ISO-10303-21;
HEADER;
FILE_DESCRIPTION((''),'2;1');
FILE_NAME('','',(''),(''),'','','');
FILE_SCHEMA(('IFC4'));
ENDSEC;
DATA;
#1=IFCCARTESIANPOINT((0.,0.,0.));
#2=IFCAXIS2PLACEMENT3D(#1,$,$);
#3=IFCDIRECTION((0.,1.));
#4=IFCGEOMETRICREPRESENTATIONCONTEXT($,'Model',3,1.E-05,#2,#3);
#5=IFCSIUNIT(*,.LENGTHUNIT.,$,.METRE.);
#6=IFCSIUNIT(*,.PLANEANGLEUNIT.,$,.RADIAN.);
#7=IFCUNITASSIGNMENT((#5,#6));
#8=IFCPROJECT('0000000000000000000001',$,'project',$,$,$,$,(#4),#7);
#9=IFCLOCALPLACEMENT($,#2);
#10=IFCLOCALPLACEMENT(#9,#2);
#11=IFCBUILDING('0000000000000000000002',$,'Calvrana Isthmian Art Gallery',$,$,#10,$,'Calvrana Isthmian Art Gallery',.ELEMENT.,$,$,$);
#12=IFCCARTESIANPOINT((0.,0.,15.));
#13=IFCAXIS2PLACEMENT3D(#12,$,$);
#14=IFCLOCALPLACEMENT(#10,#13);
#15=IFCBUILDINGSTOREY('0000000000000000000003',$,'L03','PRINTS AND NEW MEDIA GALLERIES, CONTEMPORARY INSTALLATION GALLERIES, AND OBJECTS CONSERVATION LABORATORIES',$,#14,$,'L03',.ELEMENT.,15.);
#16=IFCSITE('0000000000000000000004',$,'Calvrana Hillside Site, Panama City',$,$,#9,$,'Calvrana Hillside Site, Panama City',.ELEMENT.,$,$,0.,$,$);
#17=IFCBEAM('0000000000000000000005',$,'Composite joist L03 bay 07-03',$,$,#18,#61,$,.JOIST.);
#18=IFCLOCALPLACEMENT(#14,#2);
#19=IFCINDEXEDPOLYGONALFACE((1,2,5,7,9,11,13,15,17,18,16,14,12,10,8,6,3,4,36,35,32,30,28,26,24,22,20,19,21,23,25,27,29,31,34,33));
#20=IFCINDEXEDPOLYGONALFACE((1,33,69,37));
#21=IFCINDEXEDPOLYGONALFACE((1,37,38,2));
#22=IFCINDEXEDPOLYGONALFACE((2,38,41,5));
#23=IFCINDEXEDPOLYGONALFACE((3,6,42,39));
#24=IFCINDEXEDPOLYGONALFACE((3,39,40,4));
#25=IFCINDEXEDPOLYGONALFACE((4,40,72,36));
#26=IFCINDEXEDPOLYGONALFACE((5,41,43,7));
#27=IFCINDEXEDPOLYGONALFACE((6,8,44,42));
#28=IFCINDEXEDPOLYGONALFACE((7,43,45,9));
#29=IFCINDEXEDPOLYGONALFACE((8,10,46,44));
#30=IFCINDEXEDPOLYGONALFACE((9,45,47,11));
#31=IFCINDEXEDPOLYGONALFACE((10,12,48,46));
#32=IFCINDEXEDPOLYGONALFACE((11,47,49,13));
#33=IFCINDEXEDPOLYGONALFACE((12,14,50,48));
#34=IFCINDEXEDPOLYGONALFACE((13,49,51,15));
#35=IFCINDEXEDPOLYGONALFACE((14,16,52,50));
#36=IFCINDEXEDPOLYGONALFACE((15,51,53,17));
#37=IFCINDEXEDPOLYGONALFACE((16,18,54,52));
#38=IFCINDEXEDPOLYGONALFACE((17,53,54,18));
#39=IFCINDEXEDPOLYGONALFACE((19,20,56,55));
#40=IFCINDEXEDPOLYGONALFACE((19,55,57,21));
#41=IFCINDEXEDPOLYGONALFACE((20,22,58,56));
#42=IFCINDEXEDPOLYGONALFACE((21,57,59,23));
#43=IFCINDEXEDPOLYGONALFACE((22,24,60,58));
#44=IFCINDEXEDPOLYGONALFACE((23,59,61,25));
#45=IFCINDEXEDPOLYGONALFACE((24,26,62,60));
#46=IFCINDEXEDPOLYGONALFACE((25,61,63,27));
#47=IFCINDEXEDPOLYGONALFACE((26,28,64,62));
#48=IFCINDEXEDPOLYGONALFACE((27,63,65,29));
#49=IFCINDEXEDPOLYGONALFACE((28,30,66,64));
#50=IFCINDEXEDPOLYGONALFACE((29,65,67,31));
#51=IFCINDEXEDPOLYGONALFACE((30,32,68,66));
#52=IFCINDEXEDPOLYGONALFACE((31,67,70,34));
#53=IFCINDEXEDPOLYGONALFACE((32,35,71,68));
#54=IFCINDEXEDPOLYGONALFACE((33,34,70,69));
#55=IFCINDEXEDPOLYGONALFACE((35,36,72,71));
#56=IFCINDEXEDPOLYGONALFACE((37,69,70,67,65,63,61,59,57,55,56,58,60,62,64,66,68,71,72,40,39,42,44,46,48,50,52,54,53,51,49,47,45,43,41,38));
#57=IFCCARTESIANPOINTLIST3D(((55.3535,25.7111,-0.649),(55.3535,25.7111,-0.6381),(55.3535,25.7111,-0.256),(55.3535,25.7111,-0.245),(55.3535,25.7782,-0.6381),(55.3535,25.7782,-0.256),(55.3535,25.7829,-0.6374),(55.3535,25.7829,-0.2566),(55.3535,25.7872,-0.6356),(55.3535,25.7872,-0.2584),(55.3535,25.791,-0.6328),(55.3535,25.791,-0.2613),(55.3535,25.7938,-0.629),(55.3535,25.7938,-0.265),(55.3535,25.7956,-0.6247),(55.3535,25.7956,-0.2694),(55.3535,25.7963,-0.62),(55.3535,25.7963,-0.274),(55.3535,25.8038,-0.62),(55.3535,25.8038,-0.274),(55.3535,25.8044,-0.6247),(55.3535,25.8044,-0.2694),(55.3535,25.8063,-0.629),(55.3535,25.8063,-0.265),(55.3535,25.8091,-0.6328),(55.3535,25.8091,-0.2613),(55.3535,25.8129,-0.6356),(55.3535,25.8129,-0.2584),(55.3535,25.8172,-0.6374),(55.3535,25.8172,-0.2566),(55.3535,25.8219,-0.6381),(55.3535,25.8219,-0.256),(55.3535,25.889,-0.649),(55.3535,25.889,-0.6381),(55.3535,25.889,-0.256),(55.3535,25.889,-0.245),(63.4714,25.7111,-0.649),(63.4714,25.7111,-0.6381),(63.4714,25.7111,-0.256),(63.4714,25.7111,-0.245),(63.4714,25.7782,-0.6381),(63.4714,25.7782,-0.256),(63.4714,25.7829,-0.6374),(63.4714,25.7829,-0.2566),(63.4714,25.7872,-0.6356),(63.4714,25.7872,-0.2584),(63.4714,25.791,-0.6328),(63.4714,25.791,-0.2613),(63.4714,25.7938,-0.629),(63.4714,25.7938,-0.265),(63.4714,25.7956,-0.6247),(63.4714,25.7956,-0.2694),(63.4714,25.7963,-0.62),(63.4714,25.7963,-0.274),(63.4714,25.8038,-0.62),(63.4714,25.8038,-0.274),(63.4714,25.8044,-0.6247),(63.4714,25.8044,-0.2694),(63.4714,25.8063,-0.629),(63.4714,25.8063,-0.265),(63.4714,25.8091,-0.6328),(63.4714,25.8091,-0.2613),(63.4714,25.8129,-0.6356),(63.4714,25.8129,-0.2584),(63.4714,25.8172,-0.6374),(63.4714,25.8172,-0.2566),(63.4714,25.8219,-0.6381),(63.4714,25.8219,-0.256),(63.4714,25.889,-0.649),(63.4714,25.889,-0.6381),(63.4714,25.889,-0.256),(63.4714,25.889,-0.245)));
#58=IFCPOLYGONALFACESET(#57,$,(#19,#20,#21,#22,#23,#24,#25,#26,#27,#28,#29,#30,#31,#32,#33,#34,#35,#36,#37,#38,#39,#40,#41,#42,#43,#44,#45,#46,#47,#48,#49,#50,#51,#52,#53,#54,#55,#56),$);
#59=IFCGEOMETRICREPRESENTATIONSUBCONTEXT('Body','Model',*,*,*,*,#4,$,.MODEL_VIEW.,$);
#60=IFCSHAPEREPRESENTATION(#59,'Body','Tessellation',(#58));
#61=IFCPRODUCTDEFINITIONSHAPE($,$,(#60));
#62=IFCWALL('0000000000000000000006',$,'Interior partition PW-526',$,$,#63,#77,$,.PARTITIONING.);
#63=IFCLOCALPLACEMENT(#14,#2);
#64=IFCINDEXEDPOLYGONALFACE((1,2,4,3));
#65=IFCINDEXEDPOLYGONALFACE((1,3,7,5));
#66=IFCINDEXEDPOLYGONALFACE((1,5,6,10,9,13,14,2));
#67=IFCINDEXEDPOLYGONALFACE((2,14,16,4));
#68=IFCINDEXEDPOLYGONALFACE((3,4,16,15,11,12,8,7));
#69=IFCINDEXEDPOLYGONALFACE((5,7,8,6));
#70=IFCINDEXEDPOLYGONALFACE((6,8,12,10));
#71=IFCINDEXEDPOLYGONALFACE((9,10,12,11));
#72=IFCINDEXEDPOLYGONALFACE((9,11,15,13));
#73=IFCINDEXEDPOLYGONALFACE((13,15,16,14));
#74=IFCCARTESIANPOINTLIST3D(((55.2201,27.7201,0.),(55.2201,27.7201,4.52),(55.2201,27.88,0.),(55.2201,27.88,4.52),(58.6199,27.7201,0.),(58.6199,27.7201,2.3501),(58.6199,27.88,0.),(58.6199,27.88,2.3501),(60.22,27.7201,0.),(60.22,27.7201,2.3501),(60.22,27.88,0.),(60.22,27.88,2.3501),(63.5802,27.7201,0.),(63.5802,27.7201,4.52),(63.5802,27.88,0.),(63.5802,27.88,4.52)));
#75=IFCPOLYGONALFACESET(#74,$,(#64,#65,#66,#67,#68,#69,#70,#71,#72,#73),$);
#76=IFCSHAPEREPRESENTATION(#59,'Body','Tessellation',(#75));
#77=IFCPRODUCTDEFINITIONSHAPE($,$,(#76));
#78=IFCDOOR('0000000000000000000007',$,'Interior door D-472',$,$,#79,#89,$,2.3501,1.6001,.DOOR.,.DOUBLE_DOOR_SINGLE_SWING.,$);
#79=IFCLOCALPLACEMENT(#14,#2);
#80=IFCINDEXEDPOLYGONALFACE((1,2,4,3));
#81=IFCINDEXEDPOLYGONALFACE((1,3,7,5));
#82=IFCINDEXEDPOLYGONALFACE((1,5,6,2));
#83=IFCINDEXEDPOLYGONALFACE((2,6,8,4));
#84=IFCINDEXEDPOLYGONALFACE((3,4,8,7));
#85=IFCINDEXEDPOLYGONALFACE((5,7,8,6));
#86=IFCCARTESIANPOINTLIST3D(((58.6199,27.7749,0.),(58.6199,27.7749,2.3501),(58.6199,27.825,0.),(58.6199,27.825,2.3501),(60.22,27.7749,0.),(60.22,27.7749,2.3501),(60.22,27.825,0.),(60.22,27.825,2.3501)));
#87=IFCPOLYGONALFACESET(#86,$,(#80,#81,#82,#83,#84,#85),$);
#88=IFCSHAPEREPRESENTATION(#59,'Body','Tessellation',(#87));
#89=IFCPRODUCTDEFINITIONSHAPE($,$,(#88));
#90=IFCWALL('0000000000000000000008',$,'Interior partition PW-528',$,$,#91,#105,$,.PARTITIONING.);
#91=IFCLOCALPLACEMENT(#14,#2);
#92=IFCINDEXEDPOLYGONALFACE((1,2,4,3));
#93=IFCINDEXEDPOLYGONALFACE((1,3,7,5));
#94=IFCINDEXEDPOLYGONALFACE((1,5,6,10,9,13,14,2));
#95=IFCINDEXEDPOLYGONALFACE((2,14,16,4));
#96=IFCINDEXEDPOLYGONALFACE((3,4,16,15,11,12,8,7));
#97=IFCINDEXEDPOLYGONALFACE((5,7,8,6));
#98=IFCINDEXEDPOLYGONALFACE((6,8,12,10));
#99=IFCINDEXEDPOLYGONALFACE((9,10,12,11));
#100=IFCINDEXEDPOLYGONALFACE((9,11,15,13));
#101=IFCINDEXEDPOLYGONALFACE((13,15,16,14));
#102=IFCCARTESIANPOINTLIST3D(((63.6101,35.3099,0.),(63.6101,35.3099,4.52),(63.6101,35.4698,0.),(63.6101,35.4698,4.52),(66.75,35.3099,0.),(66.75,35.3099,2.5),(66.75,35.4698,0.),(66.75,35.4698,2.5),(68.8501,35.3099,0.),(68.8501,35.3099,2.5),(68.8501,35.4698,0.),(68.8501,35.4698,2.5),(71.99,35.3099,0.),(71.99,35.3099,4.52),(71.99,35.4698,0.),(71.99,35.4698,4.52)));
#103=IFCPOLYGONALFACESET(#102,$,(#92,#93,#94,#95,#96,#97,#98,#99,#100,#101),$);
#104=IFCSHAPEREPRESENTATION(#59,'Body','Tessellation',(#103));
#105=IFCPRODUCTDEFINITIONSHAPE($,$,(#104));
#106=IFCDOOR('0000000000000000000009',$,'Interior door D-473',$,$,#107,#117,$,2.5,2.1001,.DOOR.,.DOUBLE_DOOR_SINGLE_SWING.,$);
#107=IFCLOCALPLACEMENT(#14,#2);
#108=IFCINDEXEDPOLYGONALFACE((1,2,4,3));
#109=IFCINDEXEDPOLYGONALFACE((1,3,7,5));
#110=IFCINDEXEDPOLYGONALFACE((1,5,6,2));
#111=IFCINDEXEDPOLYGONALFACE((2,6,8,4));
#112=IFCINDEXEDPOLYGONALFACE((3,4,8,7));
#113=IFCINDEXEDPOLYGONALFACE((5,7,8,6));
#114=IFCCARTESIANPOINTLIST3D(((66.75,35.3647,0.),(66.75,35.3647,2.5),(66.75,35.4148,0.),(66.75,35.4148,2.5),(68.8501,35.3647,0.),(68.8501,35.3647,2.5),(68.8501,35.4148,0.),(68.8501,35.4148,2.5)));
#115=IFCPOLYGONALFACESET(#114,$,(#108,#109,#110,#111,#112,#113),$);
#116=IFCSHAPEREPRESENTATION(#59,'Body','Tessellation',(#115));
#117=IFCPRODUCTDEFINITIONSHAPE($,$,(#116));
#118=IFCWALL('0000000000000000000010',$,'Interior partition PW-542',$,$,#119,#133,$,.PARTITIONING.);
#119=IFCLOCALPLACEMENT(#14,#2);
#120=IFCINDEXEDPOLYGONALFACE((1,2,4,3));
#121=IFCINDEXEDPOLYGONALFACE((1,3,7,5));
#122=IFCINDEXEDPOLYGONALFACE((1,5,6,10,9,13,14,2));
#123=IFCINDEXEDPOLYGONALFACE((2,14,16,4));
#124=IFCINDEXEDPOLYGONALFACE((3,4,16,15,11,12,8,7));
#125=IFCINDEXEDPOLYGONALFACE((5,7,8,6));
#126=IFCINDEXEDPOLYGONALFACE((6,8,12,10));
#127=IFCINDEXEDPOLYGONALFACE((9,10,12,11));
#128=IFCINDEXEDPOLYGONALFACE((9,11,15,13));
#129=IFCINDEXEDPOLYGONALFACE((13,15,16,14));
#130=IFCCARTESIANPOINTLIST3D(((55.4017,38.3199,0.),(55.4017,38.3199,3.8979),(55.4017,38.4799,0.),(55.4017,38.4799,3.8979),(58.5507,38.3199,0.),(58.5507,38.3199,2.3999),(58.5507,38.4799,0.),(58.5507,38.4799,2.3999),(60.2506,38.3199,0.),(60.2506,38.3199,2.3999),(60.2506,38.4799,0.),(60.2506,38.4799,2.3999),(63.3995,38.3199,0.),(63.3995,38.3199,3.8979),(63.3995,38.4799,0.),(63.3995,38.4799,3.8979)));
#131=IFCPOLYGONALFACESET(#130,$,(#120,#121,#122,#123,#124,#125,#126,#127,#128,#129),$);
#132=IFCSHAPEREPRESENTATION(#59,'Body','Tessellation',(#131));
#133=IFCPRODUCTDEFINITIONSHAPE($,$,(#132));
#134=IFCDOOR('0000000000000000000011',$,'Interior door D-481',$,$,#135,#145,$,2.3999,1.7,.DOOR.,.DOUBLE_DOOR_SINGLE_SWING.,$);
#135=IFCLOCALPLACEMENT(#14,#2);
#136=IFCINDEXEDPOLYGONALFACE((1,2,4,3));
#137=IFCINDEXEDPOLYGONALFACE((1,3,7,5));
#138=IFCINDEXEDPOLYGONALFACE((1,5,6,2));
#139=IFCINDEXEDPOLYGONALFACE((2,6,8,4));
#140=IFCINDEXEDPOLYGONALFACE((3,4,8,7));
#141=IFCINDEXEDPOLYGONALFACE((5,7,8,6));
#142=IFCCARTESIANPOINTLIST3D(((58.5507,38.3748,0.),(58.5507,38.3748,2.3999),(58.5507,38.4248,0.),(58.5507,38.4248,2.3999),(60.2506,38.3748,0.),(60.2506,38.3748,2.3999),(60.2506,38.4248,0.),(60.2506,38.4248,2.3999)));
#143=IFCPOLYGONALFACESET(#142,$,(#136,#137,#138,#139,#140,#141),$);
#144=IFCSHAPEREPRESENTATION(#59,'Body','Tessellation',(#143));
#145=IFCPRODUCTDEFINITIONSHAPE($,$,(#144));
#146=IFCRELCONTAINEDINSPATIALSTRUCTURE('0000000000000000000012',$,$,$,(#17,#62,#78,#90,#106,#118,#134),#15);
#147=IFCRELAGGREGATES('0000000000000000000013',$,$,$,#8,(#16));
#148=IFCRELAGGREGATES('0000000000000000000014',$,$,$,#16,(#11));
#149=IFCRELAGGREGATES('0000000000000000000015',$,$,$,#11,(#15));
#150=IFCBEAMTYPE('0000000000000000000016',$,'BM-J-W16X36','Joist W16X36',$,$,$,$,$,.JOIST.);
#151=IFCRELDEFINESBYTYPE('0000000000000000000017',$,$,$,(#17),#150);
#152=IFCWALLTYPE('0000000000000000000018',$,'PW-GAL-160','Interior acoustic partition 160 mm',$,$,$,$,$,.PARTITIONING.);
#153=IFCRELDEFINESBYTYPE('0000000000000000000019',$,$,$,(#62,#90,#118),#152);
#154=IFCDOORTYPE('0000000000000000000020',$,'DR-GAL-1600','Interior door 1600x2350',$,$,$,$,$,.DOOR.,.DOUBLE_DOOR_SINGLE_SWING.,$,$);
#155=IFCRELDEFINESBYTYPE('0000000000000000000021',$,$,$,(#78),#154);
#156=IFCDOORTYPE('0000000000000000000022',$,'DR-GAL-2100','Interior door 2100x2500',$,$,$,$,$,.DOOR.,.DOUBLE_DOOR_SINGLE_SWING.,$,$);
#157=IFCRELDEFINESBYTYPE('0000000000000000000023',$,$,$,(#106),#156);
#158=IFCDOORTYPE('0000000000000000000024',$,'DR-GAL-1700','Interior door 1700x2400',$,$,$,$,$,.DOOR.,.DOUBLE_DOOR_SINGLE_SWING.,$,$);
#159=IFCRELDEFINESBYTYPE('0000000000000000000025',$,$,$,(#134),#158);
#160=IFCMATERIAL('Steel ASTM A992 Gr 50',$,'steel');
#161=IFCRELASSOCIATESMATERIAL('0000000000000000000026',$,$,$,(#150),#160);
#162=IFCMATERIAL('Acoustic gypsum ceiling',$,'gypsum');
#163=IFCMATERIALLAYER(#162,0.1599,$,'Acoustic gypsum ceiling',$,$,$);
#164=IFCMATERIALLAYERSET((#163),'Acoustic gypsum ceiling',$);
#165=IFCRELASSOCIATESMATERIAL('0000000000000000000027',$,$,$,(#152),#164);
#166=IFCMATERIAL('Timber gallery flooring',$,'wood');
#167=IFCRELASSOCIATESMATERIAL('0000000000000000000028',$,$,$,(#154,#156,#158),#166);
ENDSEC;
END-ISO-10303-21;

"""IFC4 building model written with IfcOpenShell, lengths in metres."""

from ifc_helpers import new_model, si_unit, direction, frame, frame_2d, origin, origin_2d, place, context, subcontext, project, spatial, rectangle, i_section, extrude, material, layer, layer_set, material_profile, profile_set, type_object, element, fill, save


model = new_model("IFC4")

# Units and contexts
model_context = context("Model", 3, precision=1e-05, world=origin(), true_north=direction((0.0, 1.0)))
body_context = subcontext(model_context, "Body", "Model", "MODEL_VIEW")
ifc_project = project(units=[si_unit("LENGTHUNIT", "METRE"), si_unit("PLANEANGLEUNIT", "RADIAN")], contexts=[model_context])

# Site, building, storey
site_placement = place(None, origin())
site = spatial("IfcSite", under=ifc_project, at=site_placement, Name="Calvrana Hillside Site, Panama City", LongName="Calvrana Hillside Site, Panama City", CompositionType="ELEMENT", RefElevation=0.0)
building_placement = place(site_placement, origin())
building = spatial("IfcBuilding", under=site, at=building_placement, Name="Calvrana Isthmian Art Gallery", LongName="Calvrana Isthmian Art Gallery", CompositionType="ELEMENT")
storey_placement = place(building_placement, frame((0.0, 0.0, 15.0)))
storey = spatial("IfcBuildingStorey", under=building, at=storey_placement, Name="L03", Description="PRINTS AND NEW MEDIA GALLERIES, CONTEMPORARY INSTALLATION GALLERIES, AND OBJECTS CONSERVATION LABORATORIES", LongName="L03", CompositionType="ELEMENT", Elevation=15.0)

# Shared definitions
ifc_material_1 = material(Name="Steel ASTM A992 Gr 50", Category="steel")

# Beam
ifc_material_profile_1 = material_profile(ifc_material_1, i_section(OverallWidth=0.178, OverallDepth=0.4041, WebThickness=0.0076, FlangeThickness=0.011, FilletRadius=0.0181, at=origin_2d()), Name="W16X36")
ifc_profile_set_1 = profile_set([ifc_material_profile_1], Name="Steel ASTM A992 Gr 50")
beam_type_1 = type_object("IfcBeamType", Name="BM-J-W16X36", Description="Joist W16X36", PredefinedType="JOIST", material=ifc_profile_set_1)
beam_1_placement = place(storey_placement, frame((55.3535, 25.8, -0.447), z_axis=(1.0, 0.0, 0.0), x_axis=(0.0, 1.0, 0.0)))
element("IfcBeam", 1, at=beam_1_placement, inside=storey, type_object=beam_type_1, Name="Composite joist L03 bay 07-03", PredefinedType="JOIST", context=body_context, shape_type="SweptSolid", body=[
    extrude(i_section(OverallWidth=0.178, OverallDepth=0.4041, WebThickness=0.0076, FlangeThickness=0.011, FilletRadius=0.0181, at=origin_2d()), origin(), (0.0, 0.0, 1.0), 8.1179),
])

# Walls, openings, doors
ifc_material_2 = material(Name="Acoustic gypsum ceiling", Category="gypsum")
ifc_layer = layer(ifc_material_2, 0.1599, Name="Acoustic gypsum ceiling")
ifc_layer_set = layer_set([ifc_layer], Name="Acoustic gypsum ceiling")
wall_type = type_object("IfcWallType", Name="PW-GAL-160", Description="Interior acoustic partition 160 mm", PredefinedType="PARTITIONING", material=ifc_layer_set)
wall_1_placement = place(storey_placement, frame((55.22, 27.8, 0.0), z_axis=(0.0, 0.0, 1.0), x_axis=(1.0, 0.0, 0.0)))
wall_1 = element("IfcWall", 2, at=wall_1_placement, inside=storey, type_object=wall_type, Name="Interior partition PW-526", PredefinedType="PARTITIONING", context=body_context, shape_type="SweptSolid", body=[
    extrude(rectangle(XDim=8.3601, YDim=0.1599, at=frame_2d((4.1802, 0.0))), origin(), (0.0, 0.0, 1.0), 4.52),
])
opening_1_placement = place(wall_1_placement, frame((3.3999, 0.0, 0.0)))
opening_1 = element("IfcOpeningElement", 3, at=opening_1_placement, cuts=wall_1, PredefinedType="OPENING", context=body_context, shape_type="SweptSolid", body=[
    extrude(rectangle(XDim=1.6001, YDim=2.3501, at=frame_2d((0.8, 1.175))), frame((0.0, 0.0903, 0.0), z_axis=(0.0, -1.0, 0.0), x_axis=(1.0, 0.0, 0.0)), (0.0, 0.0, 1.0), 0.1804),
])
ifc_material_3 = material(Name="Timber gallery flooring", Category="wood")
door_type_1 = type_object("IfcDoorType", Name="DR-GAL-1600", Description="Interior door 1600x2350", OperationType="DOUBLE_DOOR_SINGLE_SWING", PredefinedType="DOOR", material=ifc_material_3)
door_1_placement = place(opening_1_placement, origin())
door_1 = element("IfcDoor", 4, at=door_1_placement, inside=storey, type_object=door_type_1, Name="Interior door D-472", OperationType="DOUBLE_DOOR_SINGLE_SWING", OverallHeight=2.3501, OverallWidth=1.6001, PredefinedType="DOOR", context=body_context, shape_type="SweptSolid", body=[
    extrude(rectangle(XDim=1.6001, YDim=2.3501, at=frame_2d((0.8, 1.175))), frame((0.0, 0.0249, 0.0), z_axis=(0.0, -1.0, 0.0), x_axis=(1.0, 0.0, 0.0)), (0.0, 0.0, 1.0), 0.05),
])
fill(opening_1, door_1)
wall_2_placement = place(storey_placement, frame((63.6101, 35.3899, 0.0), z_axis=(0.0, 0.0, 1.0), x_axis=(1.0, 0.0, 0.0)))
wall_2 = element("IfcWall", 5, at=wall_2_placement, inside=storey, type_object=wall_type, Name="Interior partition PW-528", PredefinedType="PARTITIONING", context=body_context, shape_type="SweptSolid", body=[
    extrude(rectangle(XDim=8.3799, YDim=0.1599, at=frame_2d((4.1899, 0.0))), origin(), (0.0, 0.0, 1.0), 4.52),
])
opening_2_placement = place(wall_2_placement, frame((3.1399, 0.0, 0.0)))
opening_2 = element("IfcOpeningElement", 6, at=opening_2_placement, cuts=wall_2, PredefinedType="OPENING", context=body_context, shape_type="SweptSolid", body=[
    extrude(rectangle(XDim=2.1001, YDim=2.5, at=frame_2d((1.05, 1.25))), frame((0.0, 0.0903, 0.0), z_axis=(0.0, -1.0, 0.0), x_axis=(1.0, 0.0, 0.0)), (0.0, 0.0, 1.0), 0.1804),
])
door_type_2 = type_object("IfcDoorType", Name="DR-GAL-2100", Description="Interior door 2100x2500", OperationType="DOUBLE_DOOR_SINGLE_SWING", PredefinedType="DOOR", material=ifc_material_3)
door_2_placement = place(opening_2_placement, origin())
door_2 = element("IfcDoor", 7, at=door_2_placement, inside=storey, type_object=door_type_2, Name="Interior door D-473", OperationType="DOUBLE_DOOR_SINGLE_SWING", OverallHeight=2.5, OverallWidth=2.1001, PredefinedType="DOOR", context=body_context, shape_type="SweptSolid", body=[
    extrude(rectangle(XDim=2.1001, YDim=2.5, at=frame_2d((1.05, 1.25))), frame((0.0, 0.0249, 0.0), z_axis=(0.0, -1.0, 0.0), x_axis=(1.0, 0.0, 0.0)), (0.0, 0.0, 1.0), 0.05),
])
fill(opening_2, door_2)
wall_3_placement = place(storey_placement, frame((55.4016, 38.3999, 0.0), z_axis=(0.0, 0.0, 1.0), x_axis=(1.0, 0.0, 0.0)))
wall_3 = element("IfcWall", 8, at=wall_3_placement, inside=storey, type_object=wall_type, Name="Interior partition PW-542", PredefinedType="PARTITIONING", context=body_context, shape_type="SweptSolid", body=[
    extrude(rectangle(XDim=7.9978, YDim=0.1599, at=frame_2d((3.999, 0.0))), origin(), (0.0, 0.0, 1.0), 3.8979),
])
opening_3_placement = place(wall_3_placement, frame((3.1489, 0.0, 0.0)))
opening_3 = element("IfcOpeningElement", 9, at=opening_3_placement, cuts=wall_3, PredefinedType="OPENING", context=body_context, shape_type="SweptSolid", body=[
    extrude(rectangle(XDim=1.7, YDim=2.3999, at=frame_2d((0.8501, 1.2))), frame((0.0, 0.0903, 0.0), z_axis=(0.0, -1.0, 0.0), x_axis=(1.0, 0.0, 0.0)), (0.0, 0.0, 1.0), 0.1804),
])
door_type_3 = type_object("IfcDoorType", Name="DR-GAL-1700", Description="Interior door 1700x2400", OperationType="DOUBLE_DOOR_SINGLE_SWING", PredefinedType="DOOR", material=ifc_material_3)
door_3_placement = place(opening_3_placement, origin())
door_3 = element("IfcDoor", 10, at=door_3_placement, inside=storey, type_object=door_type_3, Name="Interior door D-481", OperationType="DOUBLE_DOOR_SINGLE_SWING", OverallHeight=2.3999, OverallWidth=1.7, PredefinedType="DOOR", context=body_context, shape_type="SweptSolid", body=[
    extrude(rectangle(XDim=1.7, YDim=2.3999, at=frame_2d((0.8501, 1.2))), frame((0.0, 0.0249, 0.0), z_axis=(0.0, -1.0, 0.0), x_axis=(1.0, 0.0, 0.0)), (0.0, 0.0, 1.0), 0.05),
])
fill(opening_3, door_3)

save(model, "model.ifc")
